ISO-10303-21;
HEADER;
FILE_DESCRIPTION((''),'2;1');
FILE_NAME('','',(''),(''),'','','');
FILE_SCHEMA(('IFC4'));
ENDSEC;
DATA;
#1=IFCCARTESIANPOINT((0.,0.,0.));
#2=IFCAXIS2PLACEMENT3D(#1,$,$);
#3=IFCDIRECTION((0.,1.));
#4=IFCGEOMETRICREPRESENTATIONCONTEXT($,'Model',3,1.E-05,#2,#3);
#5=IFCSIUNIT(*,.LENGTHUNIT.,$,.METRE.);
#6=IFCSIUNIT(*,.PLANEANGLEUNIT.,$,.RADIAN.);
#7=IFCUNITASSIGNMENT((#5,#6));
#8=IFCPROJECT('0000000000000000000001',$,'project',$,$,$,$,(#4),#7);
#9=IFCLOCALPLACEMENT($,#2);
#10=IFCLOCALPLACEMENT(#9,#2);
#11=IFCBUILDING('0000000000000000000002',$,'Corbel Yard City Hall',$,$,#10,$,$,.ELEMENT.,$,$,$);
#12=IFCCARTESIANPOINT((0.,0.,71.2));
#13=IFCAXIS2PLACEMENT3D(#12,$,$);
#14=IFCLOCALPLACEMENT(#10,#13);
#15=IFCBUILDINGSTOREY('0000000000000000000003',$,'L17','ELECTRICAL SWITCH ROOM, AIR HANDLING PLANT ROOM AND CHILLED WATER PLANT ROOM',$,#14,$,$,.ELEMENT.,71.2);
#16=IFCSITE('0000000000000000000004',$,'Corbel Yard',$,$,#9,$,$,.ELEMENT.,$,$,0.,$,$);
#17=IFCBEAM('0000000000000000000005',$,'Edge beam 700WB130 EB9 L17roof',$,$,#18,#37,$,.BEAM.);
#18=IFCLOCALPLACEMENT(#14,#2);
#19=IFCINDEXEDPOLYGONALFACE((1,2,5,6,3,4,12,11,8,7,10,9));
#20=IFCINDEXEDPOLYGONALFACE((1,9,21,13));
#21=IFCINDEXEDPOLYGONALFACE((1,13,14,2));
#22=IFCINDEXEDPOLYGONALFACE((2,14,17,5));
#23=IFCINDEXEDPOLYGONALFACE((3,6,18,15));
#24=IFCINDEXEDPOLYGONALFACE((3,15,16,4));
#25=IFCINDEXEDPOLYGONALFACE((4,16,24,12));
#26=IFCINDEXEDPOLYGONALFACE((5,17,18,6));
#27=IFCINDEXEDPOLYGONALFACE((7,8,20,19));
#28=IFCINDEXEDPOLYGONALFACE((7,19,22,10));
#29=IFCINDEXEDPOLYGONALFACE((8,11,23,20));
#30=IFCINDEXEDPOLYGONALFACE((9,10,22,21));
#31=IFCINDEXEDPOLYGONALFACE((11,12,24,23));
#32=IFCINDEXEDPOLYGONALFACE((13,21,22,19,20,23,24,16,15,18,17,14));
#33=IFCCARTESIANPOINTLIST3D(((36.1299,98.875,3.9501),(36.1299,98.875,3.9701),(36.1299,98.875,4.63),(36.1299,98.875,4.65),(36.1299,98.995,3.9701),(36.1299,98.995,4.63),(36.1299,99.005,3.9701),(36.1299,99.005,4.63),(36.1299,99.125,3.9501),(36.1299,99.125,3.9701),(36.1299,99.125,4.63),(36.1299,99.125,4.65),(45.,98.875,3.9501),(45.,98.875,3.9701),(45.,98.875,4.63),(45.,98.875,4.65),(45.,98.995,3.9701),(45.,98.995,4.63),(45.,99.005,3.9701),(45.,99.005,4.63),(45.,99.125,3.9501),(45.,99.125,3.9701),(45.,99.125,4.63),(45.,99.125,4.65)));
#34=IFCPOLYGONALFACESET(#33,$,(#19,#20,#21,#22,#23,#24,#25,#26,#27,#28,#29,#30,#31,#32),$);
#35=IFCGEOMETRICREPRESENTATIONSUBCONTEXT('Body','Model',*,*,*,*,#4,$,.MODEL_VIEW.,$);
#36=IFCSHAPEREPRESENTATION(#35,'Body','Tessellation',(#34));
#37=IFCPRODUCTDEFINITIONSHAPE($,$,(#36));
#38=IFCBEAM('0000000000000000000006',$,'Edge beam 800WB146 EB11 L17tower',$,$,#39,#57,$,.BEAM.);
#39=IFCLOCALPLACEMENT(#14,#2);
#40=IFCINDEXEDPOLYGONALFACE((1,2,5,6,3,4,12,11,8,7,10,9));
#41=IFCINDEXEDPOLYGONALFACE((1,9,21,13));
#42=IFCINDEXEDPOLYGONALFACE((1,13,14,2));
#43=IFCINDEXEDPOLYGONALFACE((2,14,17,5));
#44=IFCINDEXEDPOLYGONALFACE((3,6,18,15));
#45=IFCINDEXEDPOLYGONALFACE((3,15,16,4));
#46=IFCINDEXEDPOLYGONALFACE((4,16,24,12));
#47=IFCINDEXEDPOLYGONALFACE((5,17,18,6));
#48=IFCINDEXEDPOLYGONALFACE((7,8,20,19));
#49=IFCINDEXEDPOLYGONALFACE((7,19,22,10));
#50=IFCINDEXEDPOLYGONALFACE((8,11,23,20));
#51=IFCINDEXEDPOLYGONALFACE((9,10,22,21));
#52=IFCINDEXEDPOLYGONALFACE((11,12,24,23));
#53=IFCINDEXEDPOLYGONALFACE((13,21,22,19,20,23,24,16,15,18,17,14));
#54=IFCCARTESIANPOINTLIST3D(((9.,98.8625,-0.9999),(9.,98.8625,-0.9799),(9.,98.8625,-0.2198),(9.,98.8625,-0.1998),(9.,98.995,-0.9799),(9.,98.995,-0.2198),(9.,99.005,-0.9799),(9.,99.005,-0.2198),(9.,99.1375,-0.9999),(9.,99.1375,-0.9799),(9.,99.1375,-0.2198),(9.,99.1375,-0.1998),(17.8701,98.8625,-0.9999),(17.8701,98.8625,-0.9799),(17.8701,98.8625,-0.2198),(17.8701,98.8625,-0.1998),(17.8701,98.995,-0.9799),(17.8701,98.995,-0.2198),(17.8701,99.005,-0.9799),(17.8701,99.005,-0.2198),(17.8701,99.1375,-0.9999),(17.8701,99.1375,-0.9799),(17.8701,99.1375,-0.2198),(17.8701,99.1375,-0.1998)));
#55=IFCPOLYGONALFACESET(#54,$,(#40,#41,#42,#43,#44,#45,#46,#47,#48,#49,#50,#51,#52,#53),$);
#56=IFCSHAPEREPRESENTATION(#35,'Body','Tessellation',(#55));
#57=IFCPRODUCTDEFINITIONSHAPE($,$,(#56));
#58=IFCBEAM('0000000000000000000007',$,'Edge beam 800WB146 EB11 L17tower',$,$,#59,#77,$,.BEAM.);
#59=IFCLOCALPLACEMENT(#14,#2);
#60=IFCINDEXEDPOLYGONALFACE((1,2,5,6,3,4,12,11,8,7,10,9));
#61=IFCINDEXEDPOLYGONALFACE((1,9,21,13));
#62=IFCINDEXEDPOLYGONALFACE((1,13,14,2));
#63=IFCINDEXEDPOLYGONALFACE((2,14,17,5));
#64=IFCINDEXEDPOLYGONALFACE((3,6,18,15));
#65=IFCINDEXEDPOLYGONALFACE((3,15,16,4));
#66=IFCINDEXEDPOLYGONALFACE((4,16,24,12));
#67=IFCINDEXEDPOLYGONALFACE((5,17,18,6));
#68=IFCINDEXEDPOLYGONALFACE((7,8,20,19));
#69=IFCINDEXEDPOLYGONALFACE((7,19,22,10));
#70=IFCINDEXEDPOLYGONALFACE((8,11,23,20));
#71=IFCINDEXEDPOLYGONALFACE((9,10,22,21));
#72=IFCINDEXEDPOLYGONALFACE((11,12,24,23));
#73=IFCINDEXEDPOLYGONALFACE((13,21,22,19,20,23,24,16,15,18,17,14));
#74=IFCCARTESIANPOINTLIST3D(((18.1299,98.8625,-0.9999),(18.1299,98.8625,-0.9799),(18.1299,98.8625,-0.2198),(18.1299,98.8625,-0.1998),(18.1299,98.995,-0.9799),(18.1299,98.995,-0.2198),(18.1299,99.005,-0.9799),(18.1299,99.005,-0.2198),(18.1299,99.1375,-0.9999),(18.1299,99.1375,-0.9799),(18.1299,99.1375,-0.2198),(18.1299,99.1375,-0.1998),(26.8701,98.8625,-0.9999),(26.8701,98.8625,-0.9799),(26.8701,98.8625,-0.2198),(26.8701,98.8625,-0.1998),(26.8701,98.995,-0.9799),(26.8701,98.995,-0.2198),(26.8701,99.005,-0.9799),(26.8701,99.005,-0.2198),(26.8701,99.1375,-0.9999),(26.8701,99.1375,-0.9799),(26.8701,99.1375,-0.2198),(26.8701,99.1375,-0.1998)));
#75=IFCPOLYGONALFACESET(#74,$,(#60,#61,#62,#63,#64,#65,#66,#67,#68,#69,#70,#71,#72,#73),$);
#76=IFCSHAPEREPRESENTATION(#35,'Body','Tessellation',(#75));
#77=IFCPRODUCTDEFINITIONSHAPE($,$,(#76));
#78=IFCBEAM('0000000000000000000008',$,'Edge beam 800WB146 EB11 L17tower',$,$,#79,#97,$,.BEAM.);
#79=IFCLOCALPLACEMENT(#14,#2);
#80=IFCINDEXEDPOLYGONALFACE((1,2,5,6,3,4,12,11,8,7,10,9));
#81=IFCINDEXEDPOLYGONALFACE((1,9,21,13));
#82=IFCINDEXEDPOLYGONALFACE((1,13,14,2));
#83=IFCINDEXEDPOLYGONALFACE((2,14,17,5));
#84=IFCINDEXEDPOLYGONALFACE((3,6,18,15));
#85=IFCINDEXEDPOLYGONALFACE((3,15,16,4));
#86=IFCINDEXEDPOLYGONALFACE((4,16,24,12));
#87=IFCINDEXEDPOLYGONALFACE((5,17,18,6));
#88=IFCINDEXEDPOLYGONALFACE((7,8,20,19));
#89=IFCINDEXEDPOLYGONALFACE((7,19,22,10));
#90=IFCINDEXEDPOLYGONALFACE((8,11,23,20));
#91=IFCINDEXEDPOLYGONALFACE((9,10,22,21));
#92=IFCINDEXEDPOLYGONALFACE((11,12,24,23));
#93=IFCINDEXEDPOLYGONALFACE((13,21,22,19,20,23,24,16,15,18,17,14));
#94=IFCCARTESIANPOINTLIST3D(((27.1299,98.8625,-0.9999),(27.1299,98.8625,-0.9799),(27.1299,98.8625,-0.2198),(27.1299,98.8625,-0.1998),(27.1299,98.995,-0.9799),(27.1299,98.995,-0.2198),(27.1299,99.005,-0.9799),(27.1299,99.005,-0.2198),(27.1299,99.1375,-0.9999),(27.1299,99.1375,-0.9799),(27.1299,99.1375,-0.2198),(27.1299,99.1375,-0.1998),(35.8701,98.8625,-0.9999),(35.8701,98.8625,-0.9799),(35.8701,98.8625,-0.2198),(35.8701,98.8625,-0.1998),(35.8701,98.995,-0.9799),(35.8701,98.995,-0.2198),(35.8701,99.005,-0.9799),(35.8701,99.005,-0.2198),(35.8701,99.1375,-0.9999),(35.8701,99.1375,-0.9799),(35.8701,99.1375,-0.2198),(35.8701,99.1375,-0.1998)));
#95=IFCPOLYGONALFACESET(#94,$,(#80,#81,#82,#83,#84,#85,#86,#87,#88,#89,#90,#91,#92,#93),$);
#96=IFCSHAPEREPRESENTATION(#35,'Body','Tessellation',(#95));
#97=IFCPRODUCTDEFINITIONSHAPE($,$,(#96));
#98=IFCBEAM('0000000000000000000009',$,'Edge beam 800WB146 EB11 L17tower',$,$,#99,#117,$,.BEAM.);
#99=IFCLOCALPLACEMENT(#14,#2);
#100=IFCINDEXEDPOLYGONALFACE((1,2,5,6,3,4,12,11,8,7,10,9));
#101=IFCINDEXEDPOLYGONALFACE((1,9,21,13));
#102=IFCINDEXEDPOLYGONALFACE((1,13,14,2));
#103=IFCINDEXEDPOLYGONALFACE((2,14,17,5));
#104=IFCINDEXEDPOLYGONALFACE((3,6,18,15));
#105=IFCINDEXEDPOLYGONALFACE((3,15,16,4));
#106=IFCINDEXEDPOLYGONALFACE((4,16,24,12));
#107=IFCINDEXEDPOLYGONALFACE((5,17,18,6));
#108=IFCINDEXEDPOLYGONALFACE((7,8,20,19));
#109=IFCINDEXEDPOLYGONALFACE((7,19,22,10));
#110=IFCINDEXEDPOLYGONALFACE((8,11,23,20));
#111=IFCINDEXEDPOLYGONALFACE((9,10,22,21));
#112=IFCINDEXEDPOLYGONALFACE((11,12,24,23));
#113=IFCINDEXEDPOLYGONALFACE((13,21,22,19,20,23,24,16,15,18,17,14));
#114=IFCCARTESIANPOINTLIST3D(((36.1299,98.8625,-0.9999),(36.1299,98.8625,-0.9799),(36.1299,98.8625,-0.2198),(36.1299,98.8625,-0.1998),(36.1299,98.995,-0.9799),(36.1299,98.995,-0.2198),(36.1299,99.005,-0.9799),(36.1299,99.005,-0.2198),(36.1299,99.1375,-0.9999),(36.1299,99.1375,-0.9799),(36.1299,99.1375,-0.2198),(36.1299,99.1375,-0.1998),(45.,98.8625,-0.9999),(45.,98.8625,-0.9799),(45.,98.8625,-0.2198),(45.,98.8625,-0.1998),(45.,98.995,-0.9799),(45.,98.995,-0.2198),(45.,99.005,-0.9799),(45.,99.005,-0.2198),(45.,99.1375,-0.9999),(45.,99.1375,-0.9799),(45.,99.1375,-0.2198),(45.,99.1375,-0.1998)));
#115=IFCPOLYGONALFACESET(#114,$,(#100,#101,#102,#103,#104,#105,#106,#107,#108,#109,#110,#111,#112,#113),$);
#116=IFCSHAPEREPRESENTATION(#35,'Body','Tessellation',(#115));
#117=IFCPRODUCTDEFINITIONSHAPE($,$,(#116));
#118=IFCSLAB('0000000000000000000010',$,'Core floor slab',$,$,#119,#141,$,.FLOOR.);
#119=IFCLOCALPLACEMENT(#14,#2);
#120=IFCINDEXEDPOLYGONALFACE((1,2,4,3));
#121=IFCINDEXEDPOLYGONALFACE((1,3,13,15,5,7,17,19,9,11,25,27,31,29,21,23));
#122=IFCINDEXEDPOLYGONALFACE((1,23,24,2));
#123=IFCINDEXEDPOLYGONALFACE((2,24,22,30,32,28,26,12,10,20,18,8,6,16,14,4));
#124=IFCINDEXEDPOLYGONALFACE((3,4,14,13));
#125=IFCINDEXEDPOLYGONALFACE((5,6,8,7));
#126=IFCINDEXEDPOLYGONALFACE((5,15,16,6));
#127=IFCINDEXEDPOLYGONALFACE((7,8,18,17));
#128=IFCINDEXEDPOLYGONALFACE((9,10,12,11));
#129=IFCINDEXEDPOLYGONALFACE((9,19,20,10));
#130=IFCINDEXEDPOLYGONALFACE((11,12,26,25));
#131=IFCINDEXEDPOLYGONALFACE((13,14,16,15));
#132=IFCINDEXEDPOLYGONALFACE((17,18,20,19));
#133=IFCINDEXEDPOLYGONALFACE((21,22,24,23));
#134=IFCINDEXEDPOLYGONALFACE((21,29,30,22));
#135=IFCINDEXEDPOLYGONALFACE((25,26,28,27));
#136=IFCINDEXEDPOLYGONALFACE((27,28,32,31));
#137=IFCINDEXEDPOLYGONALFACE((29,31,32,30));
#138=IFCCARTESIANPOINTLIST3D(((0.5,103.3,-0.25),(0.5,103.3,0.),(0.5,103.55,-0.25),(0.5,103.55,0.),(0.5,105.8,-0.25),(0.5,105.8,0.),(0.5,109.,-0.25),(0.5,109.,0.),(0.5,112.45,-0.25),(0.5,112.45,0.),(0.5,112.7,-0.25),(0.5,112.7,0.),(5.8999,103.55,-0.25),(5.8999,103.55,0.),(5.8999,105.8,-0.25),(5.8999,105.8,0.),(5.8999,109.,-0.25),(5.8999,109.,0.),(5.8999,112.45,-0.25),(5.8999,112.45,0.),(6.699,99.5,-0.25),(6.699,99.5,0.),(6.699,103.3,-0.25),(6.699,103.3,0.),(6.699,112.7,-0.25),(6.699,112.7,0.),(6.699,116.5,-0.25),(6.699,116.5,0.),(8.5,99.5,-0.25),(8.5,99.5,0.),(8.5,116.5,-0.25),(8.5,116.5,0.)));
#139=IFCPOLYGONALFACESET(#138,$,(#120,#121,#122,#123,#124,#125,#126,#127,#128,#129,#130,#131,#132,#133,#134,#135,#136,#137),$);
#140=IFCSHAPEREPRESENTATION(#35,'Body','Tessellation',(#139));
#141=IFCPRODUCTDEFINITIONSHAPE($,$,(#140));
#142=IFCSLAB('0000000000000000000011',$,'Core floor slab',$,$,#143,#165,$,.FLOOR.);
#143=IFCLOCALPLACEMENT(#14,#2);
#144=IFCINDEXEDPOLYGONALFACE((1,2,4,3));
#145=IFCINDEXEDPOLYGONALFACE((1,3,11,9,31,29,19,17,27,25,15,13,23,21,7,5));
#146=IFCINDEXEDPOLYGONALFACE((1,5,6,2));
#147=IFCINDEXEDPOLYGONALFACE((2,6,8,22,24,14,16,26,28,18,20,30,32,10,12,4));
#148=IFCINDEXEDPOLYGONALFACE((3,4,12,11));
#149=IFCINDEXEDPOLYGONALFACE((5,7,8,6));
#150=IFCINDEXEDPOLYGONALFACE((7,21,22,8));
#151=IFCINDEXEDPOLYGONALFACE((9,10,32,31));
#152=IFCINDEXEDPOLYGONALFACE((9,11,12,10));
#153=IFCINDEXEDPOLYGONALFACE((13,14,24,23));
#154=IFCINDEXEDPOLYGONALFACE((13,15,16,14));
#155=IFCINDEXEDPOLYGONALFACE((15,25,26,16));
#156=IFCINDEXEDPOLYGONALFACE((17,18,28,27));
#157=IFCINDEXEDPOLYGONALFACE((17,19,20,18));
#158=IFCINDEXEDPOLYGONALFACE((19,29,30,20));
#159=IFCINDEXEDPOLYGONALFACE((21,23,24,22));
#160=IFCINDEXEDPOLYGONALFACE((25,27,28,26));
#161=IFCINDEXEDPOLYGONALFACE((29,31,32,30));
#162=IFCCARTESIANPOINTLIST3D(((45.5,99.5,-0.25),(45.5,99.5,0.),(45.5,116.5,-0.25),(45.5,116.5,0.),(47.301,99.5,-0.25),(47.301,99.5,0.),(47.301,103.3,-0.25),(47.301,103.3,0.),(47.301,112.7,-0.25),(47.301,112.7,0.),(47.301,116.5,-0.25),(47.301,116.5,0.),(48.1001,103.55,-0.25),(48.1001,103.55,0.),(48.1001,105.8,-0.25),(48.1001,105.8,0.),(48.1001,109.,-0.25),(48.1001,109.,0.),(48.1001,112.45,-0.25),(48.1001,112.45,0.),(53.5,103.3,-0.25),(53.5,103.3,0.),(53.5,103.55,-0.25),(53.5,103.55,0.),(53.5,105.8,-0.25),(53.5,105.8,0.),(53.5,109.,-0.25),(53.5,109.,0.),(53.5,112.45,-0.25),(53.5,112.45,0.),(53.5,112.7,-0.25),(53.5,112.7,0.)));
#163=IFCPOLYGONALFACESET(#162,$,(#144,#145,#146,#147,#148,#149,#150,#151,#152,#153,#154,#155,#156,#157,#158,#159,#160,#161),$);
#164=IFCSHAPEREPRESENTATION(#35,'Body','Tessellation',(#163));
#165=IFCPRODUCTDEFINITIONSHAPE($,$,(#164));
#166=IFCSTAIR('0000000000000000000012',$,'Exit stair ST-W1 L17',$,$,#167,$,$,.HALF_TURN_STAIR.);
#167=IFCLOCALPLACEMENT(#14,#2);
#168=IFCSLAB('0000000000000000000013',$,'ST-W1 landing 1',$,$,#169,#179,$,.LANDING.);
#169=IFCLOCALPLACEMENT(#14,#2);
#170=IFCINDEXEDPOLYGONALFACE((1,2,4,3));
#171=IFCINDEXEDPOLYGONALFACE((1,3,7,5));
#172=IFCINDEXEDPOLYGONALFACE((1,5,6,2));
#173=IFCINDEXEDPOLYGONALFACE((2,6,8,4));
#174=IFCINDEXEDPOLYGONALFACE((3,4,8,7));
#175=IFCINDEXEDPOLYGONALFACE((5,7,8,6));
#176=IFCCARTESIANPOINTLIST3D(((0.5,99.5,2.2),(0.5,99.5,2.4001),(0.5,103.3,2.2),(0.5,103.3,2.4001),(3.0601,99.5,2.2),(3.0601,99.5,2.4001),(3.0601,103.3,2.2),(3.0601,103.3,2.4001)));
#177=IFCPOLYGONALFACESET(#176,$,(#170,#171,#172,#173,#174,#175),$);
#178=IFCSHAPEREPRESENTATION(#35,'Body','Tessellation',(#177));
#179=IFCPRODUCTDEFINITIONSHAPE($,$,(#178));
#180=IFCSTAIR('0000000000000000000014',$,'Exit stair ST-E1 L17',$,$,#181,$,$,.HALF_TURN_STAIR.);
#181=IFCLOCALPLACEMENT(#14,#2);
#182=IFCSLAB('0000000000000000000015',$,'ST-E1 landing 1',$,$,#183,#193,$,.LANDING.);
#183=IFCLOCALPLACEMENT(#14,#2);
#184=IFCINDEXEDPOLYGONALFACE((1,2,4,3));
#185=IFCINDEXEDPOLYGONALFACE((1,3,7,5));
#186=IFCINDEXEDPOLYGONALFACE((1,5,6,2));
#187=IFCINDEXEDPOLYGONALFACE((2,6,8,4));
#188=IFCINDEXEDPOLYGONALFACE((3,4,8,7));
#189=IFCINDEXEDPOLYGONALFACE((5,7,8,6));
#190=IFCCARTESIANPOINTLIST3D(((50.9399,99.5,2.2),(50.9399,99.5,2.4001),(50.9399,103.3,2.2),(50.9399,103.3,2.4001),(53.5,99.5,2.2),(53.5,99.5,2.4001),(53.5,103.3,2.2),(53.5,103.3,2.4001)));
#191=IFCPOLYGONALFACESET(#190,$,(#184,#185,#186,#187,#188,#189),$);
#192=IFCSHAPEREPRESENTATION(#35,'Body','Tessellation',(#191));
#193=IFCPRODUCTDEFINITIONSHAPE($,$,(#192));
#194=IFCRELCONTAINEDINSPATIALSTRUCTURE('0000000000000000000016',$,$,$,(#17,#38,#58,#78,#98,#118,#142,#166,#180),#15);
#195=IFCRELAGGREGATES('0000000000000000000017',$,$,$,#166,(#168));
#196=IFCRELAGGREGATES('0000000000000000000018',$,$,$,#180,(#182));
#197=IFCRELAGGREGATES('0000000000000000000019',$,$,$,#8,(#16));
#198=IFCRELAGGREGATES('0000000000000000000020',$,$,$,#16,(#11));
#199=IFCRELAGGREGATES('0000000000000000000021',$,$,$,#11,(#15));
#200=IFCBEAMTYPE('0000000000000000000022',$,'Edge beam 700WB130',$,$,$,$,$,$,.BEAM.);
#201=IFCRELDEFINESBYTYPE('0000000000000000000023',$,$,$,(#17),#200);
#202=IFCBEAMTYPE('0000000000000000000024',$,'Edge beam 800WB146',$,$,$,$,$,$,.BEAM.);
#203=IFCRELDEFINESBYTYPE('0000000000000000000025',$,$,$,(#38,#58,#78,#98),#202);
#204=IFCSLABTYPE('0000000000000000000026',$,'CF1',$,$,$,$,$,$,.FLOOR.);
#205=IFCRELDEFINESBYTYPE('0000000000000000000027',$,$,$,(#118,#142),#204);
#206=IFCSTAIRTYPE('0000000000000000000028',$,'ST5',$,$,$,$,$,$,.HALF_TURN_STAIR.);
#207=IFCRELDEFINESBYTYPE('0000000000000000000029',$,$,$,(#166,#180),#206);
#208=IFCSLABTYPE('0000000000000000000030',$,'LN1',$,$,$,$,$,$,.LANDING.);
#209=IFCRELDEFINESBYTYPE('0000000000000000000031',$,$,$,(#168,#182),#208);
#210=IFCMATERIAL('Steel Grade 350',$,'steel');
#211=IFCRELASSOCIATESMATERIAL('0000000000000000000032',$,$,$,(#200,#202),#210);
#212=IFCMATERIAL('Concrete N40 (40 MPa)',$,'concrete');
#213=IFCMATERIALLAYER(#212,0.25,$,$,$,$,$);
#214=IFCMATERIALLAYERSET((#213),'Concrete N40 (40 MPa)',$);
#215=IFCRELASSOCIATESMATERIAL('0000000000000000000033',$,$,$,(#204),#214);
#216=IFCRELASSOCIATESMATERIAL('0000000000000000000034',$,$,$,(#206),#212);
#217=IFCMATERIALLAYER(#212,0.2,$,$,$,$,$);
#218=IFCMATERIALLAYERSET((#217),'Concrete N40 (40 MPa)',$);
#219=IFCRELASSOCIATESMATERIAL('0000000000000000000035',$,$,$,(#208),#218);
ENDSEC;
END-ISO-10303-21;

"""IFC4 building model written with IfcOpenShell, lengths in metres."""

from ifc_helpers import new_model, si_unit, direction, frame, origin, origin_2d, place, context, subcontext, project, spatial, polyline, i_section, outline, extrude, material, layer, layer_set, material_profile, profile_set, type_object, element, aggregate, save


model = new_model("IFC4")

# Units and contexts
model_context = context("Model", 3, precision=1e-05, world=origin(), true_north=direction((0.0, 1.0)))
body_context = subcontext(model_context, "Body", "Model", "MODEL_VIEW")
ifc_project = project(units=[si_unit("LENGTHUNIT", "METRE"), si_unit("PLANEANGLEUNIT", "RADIAN")], contexts=[model_context])

# Site, building, storey
site_placement = place(None, origin())
site = spatial("IfcSite", under=ifc_project, at=site_placement, Name="Corbel Yard", CompositionType="ELEMENT", RefElevation=0.0)
building_placement = place(site_placement, origin())
building = spatial("IfcBuilding", under=site, at=building_placement, Name="Corbel Yard City Hall", CompositionType="ELEMENT")
storey_placement = place(building_placement, frame((0.0, 0.0, 71.2)))
storey = spatial("IfcBuildingStorey", under=building, at=storey_placement, Name="L17", Description="ELECTRICAL SWITCH ROOM, AIR HANDLING PLANT ROOM AND CHILLED WATER PLANT ROOM", CompositionType="ELEMENT", Elevation=71.2)

# Beams
ifc_material_1 = material(Name="Steel Grade 350", Category="steel")
ifc_material_profile_1 = material_profile(ifc_material_1, i_section(OverallWidth=0.25, OverallDepth=0.7, WebThickness=0.01, FlangeThickness=0.02, at=origin_2d()), Name="700WB130")
ifc_profile_set_1 = profile_set([ifc_material_profile_1], Name="Steel Grade 350")
beam_type_1 = type_object("IfcBeamType", Name="Edge beam 700WB130", PredefinedType="BEAM", material=ifc_profile_set_1)
beam_1_placement = place(storey_placement, frame((36.1299, 99.0, 4.3), z_axis=(1.0, 0.0, 0.0), x_axis=(0.0, 1.0, 0.0)))
element("IfcBeam", 1, at=beam_1_placement, inside=storey, type_object=beam_type_1, Name="Edge beam 700WB130 EB9 L17roof", PredefinedType="BEAM", context=body_context, shape_type="SweptSolid", body=[
    extrude(i_section(OverallWidth=0.25, OverallDepth=0.7, WebThickness=0.01, FlangeThickness=0.02, at=origin_2d()), origin(), (0.0, 0.0, 1.0), 8.8701),
])
ifc_material_profile_2 = material_profile(ifc_material_1, i_section(OverallWidth=0.2749, OverallDepth=0.8, WebThickness=0.01, FlangeThickness=0.02, at=origin_2d()), Name="800WB146")
ifc_profile_set_2 = profile_set([ifc_material_profile_2], Name="Steel Grade 350")
beam_type_2 = type_object("IfcBeamType", Name="Edge beam 800WB146", PredefinedType="BEAM", material=ifc_profile_set_2)
beam_2_placement = place(storey_placement, frame((9.0, 99.0, -0.5999), z_axis=(1.0, 0.0, 0.0), x_axis=(0.0, 1.0, 0.0)))
element("IfcBeam", 2, at=beam_2_placement, inside=storey, type_object=beam_type_2, Name="Edge beam 800WB146 EB11 L17tower", PredefinedType="BEAM", context=body_context, shape_type="SweptSolid", body=[
    extrude(i_section(OverallWidth=0.2749, OverallDepth=0.8, WebThickness=0.01, FlangeThickness=0.02, at=origin_2d()), origin(), (0.0, 0.0, 1.0), 8.8701),
])
for number, where, z_axis, x_axis, name in (
    (3, (18.1299, 99.0, -0.5999), (1.0, 0.0, 0.0), (0.0, 1.0, 0.0), "Edge beam 800WB146 EB11 L17tower"),
    (4, (27.1299, 99.0, -0.5999), (1.0, 0.0, 0.0), (0.0, 1.0, 0.0), "Edge beam 800WB146 EB11 L17tower"),
):
    element("IfcBeam", number, at=place(storey_placement, frame(where, z_axis=z_axis, x_axis=x_axis)), inside=storey, type_object=beam_type_2, Name=name, PredefinedType="BEAM", context=body_context, shape_type="SweptSolid", body=[
        extrude(i_section(OverallWidth=0.2749, OverallDepth=0.8, WebThickness=0.01, FlangeThickness=0.02, at=origin_2d()), origin(), (0.0, 0.0, 1.0), 8.7402),
    ])
beam_3_placement = place(storey_placement, frame((36.1299, 99.0, -0.5999), z_axis=(1.0, 0.0, 0.0), x_axis=(0.0, 1.0, 0.0)))
element("IfcBeam", 5, at=beam_3_placement, inside=storey, type_object=beam_type_2, Name="Edge beam 800WB146 EB11 L17tower", PredefinedType="BEAM", context=body_context, shape_type="SweptSolid", body=[
    extrude(i_section(OverallWidth=0.2749, OverallDepth=0.8, WebThickness=0.01, FlangeThickness=0.02, at=origin_2d()), origin(), (0.0, 0.0, 1.0), 8.8701),
])

# Slabs
ifc_material_2 = material(Name="Concrete N40 (40 MPa)", Category="concrete")
ifc_layer_1 = layer(ifc_material_2, 0.25)
ifc_layer_set_1 = layer_set([ifc_layer_1], Name="Concrete N40 (40 MPa)")
slab_type_1 = type_object("IfcSlabType", Name="CF1", PredefinedType="FLOOR", material=ifc_layer_set_1)
slab_1_placement = place(storey_placement, frame((0.0, 0.0, -0.25)))
element("IfcSlab", 6, at=slab_1_placement, inside=storey, type_object=slab_type_1, Name="Core floor slab", PredefinedType="FLOOR", context=body_context, shape_type="SweptSolid", body=[
    extrude(outline(polyline([(8.5, 116.5), (6.699, 116.5), (6.699, 112.7), (0.5, 112.7), (0.5, 112.45), (5.8999, 112.45), (5.8999, 109.0), (0.5, 109.0), (0.5, 105.8), (5.8999, 105.8), (5.8999, 103.55), (0.5, 103.55), (0.5, 103.3), (6.699, 103.3), (6.699, 99.5), (8.5, 99.5), (8.5, 116.5)])), origin(), (0.0, 0.0, 1.0), 0.25),
])
slab_2_placement = place(storey_placement, frame((0.0, 0.0, -0.25)))
element("IfcSlab", 7, at=slab_2_placement, inside=storey, type_object=slab_type_1, Name="Core floor slab", PredefinedType="FLOOR", context=body_context, shape_type="SweptSolid", body=[
    extrude(outline(polyline([(53.5, 103.3), (53.5, 103.55), (48.1001, 103.55), (48.1001, 105.8), (53.5, 105.8), (53.5, 109.0), (48.1001, 109.0), (48.1001, 112.45), (53.5, 112.45), (53.5, 112.7), (47.301, 112.7), (47.301, 116.5), (45.5, 116.5), (45.5, 99.5), (47.301, 99.5), (47.301, 103.3), (53.5, 103.3)])), origin(), (0.0, 0.0, 1.0), 0.25),
])

# Stairs, slabs
stair_type = type_object("IfcStairType", Name="ST5", PredefinedType="HALF_TURN_STAIR", material=ifc_material_2)
stair_1_placement = place(storey_placement, origin())
stair_1 = element("IfcStair", 8, at=stair_1_placement, inside=storey, type_object=stair_type, Name="Exit stair ST-W1 L17", PredefinedType="HALF_TURN_STAIR")
ifc_layer_2 = layer(ifc_material_2, 0.2)
ifc_layer_set_2 = layer_set([ifc_layer_2], Name="Concrete N40 (40 MPa)")
slab_type_2 = type_object("IfcSlabType", Name="LN1", PredefinedType="LANDING", material=ifc_layer_set_2)
slab_3_placement = place(storey_placement, frame((0.0, 0.0, 2.2)))
slab_3 = element("IfcSlab", 9, at=slab_3_placement, type_object=slab_type_2, Name="ST-W1 landing 1", PredefinedType="LANDING", context=body_context, shape_type="SweptSolid", body=[
    extrude(outline(polyline([(0.5, 99.5), (3.0601, 99.5), (3.0601, 103.3), (0.5, 103.3), (0.5, 99.5)])), origin(), (0.0, 0.0, 1.0), 0.2002),
])
aggregate(stair_1, [slab_3])
stair_2_placement = place(storey_placement, origin())
stair_2 = element("IfcStair", 10, at=stair_2_placement, inside=storey, type_object=stair_type, Name="Exit stair ST-E1 L17", PredefinedType="HALF_TURN_STAIR")
slab_4_placement = place(storey_placement, frame((0.0, 0.0, 2.2)))
slab_4 = element("IfcSlab", 11, at=slab_4_placement, type_object=slab_type_2, Name="ST-E1 landing 1", PredefinedType="LANDING", context=body_context, shape_type="SweptSolid", body=[
    extrude(outline(polyline([(50.9399, 99.5), (53.5, 99.5), (53.5, 103.3), (50.9399, 103.3), (50.9399, 99.5)])), origin(), (0.0, 0.0, 1.0), 0.2002),
])
aggregate(stair_2, [slab_4])

save(model, "model.ifc")
